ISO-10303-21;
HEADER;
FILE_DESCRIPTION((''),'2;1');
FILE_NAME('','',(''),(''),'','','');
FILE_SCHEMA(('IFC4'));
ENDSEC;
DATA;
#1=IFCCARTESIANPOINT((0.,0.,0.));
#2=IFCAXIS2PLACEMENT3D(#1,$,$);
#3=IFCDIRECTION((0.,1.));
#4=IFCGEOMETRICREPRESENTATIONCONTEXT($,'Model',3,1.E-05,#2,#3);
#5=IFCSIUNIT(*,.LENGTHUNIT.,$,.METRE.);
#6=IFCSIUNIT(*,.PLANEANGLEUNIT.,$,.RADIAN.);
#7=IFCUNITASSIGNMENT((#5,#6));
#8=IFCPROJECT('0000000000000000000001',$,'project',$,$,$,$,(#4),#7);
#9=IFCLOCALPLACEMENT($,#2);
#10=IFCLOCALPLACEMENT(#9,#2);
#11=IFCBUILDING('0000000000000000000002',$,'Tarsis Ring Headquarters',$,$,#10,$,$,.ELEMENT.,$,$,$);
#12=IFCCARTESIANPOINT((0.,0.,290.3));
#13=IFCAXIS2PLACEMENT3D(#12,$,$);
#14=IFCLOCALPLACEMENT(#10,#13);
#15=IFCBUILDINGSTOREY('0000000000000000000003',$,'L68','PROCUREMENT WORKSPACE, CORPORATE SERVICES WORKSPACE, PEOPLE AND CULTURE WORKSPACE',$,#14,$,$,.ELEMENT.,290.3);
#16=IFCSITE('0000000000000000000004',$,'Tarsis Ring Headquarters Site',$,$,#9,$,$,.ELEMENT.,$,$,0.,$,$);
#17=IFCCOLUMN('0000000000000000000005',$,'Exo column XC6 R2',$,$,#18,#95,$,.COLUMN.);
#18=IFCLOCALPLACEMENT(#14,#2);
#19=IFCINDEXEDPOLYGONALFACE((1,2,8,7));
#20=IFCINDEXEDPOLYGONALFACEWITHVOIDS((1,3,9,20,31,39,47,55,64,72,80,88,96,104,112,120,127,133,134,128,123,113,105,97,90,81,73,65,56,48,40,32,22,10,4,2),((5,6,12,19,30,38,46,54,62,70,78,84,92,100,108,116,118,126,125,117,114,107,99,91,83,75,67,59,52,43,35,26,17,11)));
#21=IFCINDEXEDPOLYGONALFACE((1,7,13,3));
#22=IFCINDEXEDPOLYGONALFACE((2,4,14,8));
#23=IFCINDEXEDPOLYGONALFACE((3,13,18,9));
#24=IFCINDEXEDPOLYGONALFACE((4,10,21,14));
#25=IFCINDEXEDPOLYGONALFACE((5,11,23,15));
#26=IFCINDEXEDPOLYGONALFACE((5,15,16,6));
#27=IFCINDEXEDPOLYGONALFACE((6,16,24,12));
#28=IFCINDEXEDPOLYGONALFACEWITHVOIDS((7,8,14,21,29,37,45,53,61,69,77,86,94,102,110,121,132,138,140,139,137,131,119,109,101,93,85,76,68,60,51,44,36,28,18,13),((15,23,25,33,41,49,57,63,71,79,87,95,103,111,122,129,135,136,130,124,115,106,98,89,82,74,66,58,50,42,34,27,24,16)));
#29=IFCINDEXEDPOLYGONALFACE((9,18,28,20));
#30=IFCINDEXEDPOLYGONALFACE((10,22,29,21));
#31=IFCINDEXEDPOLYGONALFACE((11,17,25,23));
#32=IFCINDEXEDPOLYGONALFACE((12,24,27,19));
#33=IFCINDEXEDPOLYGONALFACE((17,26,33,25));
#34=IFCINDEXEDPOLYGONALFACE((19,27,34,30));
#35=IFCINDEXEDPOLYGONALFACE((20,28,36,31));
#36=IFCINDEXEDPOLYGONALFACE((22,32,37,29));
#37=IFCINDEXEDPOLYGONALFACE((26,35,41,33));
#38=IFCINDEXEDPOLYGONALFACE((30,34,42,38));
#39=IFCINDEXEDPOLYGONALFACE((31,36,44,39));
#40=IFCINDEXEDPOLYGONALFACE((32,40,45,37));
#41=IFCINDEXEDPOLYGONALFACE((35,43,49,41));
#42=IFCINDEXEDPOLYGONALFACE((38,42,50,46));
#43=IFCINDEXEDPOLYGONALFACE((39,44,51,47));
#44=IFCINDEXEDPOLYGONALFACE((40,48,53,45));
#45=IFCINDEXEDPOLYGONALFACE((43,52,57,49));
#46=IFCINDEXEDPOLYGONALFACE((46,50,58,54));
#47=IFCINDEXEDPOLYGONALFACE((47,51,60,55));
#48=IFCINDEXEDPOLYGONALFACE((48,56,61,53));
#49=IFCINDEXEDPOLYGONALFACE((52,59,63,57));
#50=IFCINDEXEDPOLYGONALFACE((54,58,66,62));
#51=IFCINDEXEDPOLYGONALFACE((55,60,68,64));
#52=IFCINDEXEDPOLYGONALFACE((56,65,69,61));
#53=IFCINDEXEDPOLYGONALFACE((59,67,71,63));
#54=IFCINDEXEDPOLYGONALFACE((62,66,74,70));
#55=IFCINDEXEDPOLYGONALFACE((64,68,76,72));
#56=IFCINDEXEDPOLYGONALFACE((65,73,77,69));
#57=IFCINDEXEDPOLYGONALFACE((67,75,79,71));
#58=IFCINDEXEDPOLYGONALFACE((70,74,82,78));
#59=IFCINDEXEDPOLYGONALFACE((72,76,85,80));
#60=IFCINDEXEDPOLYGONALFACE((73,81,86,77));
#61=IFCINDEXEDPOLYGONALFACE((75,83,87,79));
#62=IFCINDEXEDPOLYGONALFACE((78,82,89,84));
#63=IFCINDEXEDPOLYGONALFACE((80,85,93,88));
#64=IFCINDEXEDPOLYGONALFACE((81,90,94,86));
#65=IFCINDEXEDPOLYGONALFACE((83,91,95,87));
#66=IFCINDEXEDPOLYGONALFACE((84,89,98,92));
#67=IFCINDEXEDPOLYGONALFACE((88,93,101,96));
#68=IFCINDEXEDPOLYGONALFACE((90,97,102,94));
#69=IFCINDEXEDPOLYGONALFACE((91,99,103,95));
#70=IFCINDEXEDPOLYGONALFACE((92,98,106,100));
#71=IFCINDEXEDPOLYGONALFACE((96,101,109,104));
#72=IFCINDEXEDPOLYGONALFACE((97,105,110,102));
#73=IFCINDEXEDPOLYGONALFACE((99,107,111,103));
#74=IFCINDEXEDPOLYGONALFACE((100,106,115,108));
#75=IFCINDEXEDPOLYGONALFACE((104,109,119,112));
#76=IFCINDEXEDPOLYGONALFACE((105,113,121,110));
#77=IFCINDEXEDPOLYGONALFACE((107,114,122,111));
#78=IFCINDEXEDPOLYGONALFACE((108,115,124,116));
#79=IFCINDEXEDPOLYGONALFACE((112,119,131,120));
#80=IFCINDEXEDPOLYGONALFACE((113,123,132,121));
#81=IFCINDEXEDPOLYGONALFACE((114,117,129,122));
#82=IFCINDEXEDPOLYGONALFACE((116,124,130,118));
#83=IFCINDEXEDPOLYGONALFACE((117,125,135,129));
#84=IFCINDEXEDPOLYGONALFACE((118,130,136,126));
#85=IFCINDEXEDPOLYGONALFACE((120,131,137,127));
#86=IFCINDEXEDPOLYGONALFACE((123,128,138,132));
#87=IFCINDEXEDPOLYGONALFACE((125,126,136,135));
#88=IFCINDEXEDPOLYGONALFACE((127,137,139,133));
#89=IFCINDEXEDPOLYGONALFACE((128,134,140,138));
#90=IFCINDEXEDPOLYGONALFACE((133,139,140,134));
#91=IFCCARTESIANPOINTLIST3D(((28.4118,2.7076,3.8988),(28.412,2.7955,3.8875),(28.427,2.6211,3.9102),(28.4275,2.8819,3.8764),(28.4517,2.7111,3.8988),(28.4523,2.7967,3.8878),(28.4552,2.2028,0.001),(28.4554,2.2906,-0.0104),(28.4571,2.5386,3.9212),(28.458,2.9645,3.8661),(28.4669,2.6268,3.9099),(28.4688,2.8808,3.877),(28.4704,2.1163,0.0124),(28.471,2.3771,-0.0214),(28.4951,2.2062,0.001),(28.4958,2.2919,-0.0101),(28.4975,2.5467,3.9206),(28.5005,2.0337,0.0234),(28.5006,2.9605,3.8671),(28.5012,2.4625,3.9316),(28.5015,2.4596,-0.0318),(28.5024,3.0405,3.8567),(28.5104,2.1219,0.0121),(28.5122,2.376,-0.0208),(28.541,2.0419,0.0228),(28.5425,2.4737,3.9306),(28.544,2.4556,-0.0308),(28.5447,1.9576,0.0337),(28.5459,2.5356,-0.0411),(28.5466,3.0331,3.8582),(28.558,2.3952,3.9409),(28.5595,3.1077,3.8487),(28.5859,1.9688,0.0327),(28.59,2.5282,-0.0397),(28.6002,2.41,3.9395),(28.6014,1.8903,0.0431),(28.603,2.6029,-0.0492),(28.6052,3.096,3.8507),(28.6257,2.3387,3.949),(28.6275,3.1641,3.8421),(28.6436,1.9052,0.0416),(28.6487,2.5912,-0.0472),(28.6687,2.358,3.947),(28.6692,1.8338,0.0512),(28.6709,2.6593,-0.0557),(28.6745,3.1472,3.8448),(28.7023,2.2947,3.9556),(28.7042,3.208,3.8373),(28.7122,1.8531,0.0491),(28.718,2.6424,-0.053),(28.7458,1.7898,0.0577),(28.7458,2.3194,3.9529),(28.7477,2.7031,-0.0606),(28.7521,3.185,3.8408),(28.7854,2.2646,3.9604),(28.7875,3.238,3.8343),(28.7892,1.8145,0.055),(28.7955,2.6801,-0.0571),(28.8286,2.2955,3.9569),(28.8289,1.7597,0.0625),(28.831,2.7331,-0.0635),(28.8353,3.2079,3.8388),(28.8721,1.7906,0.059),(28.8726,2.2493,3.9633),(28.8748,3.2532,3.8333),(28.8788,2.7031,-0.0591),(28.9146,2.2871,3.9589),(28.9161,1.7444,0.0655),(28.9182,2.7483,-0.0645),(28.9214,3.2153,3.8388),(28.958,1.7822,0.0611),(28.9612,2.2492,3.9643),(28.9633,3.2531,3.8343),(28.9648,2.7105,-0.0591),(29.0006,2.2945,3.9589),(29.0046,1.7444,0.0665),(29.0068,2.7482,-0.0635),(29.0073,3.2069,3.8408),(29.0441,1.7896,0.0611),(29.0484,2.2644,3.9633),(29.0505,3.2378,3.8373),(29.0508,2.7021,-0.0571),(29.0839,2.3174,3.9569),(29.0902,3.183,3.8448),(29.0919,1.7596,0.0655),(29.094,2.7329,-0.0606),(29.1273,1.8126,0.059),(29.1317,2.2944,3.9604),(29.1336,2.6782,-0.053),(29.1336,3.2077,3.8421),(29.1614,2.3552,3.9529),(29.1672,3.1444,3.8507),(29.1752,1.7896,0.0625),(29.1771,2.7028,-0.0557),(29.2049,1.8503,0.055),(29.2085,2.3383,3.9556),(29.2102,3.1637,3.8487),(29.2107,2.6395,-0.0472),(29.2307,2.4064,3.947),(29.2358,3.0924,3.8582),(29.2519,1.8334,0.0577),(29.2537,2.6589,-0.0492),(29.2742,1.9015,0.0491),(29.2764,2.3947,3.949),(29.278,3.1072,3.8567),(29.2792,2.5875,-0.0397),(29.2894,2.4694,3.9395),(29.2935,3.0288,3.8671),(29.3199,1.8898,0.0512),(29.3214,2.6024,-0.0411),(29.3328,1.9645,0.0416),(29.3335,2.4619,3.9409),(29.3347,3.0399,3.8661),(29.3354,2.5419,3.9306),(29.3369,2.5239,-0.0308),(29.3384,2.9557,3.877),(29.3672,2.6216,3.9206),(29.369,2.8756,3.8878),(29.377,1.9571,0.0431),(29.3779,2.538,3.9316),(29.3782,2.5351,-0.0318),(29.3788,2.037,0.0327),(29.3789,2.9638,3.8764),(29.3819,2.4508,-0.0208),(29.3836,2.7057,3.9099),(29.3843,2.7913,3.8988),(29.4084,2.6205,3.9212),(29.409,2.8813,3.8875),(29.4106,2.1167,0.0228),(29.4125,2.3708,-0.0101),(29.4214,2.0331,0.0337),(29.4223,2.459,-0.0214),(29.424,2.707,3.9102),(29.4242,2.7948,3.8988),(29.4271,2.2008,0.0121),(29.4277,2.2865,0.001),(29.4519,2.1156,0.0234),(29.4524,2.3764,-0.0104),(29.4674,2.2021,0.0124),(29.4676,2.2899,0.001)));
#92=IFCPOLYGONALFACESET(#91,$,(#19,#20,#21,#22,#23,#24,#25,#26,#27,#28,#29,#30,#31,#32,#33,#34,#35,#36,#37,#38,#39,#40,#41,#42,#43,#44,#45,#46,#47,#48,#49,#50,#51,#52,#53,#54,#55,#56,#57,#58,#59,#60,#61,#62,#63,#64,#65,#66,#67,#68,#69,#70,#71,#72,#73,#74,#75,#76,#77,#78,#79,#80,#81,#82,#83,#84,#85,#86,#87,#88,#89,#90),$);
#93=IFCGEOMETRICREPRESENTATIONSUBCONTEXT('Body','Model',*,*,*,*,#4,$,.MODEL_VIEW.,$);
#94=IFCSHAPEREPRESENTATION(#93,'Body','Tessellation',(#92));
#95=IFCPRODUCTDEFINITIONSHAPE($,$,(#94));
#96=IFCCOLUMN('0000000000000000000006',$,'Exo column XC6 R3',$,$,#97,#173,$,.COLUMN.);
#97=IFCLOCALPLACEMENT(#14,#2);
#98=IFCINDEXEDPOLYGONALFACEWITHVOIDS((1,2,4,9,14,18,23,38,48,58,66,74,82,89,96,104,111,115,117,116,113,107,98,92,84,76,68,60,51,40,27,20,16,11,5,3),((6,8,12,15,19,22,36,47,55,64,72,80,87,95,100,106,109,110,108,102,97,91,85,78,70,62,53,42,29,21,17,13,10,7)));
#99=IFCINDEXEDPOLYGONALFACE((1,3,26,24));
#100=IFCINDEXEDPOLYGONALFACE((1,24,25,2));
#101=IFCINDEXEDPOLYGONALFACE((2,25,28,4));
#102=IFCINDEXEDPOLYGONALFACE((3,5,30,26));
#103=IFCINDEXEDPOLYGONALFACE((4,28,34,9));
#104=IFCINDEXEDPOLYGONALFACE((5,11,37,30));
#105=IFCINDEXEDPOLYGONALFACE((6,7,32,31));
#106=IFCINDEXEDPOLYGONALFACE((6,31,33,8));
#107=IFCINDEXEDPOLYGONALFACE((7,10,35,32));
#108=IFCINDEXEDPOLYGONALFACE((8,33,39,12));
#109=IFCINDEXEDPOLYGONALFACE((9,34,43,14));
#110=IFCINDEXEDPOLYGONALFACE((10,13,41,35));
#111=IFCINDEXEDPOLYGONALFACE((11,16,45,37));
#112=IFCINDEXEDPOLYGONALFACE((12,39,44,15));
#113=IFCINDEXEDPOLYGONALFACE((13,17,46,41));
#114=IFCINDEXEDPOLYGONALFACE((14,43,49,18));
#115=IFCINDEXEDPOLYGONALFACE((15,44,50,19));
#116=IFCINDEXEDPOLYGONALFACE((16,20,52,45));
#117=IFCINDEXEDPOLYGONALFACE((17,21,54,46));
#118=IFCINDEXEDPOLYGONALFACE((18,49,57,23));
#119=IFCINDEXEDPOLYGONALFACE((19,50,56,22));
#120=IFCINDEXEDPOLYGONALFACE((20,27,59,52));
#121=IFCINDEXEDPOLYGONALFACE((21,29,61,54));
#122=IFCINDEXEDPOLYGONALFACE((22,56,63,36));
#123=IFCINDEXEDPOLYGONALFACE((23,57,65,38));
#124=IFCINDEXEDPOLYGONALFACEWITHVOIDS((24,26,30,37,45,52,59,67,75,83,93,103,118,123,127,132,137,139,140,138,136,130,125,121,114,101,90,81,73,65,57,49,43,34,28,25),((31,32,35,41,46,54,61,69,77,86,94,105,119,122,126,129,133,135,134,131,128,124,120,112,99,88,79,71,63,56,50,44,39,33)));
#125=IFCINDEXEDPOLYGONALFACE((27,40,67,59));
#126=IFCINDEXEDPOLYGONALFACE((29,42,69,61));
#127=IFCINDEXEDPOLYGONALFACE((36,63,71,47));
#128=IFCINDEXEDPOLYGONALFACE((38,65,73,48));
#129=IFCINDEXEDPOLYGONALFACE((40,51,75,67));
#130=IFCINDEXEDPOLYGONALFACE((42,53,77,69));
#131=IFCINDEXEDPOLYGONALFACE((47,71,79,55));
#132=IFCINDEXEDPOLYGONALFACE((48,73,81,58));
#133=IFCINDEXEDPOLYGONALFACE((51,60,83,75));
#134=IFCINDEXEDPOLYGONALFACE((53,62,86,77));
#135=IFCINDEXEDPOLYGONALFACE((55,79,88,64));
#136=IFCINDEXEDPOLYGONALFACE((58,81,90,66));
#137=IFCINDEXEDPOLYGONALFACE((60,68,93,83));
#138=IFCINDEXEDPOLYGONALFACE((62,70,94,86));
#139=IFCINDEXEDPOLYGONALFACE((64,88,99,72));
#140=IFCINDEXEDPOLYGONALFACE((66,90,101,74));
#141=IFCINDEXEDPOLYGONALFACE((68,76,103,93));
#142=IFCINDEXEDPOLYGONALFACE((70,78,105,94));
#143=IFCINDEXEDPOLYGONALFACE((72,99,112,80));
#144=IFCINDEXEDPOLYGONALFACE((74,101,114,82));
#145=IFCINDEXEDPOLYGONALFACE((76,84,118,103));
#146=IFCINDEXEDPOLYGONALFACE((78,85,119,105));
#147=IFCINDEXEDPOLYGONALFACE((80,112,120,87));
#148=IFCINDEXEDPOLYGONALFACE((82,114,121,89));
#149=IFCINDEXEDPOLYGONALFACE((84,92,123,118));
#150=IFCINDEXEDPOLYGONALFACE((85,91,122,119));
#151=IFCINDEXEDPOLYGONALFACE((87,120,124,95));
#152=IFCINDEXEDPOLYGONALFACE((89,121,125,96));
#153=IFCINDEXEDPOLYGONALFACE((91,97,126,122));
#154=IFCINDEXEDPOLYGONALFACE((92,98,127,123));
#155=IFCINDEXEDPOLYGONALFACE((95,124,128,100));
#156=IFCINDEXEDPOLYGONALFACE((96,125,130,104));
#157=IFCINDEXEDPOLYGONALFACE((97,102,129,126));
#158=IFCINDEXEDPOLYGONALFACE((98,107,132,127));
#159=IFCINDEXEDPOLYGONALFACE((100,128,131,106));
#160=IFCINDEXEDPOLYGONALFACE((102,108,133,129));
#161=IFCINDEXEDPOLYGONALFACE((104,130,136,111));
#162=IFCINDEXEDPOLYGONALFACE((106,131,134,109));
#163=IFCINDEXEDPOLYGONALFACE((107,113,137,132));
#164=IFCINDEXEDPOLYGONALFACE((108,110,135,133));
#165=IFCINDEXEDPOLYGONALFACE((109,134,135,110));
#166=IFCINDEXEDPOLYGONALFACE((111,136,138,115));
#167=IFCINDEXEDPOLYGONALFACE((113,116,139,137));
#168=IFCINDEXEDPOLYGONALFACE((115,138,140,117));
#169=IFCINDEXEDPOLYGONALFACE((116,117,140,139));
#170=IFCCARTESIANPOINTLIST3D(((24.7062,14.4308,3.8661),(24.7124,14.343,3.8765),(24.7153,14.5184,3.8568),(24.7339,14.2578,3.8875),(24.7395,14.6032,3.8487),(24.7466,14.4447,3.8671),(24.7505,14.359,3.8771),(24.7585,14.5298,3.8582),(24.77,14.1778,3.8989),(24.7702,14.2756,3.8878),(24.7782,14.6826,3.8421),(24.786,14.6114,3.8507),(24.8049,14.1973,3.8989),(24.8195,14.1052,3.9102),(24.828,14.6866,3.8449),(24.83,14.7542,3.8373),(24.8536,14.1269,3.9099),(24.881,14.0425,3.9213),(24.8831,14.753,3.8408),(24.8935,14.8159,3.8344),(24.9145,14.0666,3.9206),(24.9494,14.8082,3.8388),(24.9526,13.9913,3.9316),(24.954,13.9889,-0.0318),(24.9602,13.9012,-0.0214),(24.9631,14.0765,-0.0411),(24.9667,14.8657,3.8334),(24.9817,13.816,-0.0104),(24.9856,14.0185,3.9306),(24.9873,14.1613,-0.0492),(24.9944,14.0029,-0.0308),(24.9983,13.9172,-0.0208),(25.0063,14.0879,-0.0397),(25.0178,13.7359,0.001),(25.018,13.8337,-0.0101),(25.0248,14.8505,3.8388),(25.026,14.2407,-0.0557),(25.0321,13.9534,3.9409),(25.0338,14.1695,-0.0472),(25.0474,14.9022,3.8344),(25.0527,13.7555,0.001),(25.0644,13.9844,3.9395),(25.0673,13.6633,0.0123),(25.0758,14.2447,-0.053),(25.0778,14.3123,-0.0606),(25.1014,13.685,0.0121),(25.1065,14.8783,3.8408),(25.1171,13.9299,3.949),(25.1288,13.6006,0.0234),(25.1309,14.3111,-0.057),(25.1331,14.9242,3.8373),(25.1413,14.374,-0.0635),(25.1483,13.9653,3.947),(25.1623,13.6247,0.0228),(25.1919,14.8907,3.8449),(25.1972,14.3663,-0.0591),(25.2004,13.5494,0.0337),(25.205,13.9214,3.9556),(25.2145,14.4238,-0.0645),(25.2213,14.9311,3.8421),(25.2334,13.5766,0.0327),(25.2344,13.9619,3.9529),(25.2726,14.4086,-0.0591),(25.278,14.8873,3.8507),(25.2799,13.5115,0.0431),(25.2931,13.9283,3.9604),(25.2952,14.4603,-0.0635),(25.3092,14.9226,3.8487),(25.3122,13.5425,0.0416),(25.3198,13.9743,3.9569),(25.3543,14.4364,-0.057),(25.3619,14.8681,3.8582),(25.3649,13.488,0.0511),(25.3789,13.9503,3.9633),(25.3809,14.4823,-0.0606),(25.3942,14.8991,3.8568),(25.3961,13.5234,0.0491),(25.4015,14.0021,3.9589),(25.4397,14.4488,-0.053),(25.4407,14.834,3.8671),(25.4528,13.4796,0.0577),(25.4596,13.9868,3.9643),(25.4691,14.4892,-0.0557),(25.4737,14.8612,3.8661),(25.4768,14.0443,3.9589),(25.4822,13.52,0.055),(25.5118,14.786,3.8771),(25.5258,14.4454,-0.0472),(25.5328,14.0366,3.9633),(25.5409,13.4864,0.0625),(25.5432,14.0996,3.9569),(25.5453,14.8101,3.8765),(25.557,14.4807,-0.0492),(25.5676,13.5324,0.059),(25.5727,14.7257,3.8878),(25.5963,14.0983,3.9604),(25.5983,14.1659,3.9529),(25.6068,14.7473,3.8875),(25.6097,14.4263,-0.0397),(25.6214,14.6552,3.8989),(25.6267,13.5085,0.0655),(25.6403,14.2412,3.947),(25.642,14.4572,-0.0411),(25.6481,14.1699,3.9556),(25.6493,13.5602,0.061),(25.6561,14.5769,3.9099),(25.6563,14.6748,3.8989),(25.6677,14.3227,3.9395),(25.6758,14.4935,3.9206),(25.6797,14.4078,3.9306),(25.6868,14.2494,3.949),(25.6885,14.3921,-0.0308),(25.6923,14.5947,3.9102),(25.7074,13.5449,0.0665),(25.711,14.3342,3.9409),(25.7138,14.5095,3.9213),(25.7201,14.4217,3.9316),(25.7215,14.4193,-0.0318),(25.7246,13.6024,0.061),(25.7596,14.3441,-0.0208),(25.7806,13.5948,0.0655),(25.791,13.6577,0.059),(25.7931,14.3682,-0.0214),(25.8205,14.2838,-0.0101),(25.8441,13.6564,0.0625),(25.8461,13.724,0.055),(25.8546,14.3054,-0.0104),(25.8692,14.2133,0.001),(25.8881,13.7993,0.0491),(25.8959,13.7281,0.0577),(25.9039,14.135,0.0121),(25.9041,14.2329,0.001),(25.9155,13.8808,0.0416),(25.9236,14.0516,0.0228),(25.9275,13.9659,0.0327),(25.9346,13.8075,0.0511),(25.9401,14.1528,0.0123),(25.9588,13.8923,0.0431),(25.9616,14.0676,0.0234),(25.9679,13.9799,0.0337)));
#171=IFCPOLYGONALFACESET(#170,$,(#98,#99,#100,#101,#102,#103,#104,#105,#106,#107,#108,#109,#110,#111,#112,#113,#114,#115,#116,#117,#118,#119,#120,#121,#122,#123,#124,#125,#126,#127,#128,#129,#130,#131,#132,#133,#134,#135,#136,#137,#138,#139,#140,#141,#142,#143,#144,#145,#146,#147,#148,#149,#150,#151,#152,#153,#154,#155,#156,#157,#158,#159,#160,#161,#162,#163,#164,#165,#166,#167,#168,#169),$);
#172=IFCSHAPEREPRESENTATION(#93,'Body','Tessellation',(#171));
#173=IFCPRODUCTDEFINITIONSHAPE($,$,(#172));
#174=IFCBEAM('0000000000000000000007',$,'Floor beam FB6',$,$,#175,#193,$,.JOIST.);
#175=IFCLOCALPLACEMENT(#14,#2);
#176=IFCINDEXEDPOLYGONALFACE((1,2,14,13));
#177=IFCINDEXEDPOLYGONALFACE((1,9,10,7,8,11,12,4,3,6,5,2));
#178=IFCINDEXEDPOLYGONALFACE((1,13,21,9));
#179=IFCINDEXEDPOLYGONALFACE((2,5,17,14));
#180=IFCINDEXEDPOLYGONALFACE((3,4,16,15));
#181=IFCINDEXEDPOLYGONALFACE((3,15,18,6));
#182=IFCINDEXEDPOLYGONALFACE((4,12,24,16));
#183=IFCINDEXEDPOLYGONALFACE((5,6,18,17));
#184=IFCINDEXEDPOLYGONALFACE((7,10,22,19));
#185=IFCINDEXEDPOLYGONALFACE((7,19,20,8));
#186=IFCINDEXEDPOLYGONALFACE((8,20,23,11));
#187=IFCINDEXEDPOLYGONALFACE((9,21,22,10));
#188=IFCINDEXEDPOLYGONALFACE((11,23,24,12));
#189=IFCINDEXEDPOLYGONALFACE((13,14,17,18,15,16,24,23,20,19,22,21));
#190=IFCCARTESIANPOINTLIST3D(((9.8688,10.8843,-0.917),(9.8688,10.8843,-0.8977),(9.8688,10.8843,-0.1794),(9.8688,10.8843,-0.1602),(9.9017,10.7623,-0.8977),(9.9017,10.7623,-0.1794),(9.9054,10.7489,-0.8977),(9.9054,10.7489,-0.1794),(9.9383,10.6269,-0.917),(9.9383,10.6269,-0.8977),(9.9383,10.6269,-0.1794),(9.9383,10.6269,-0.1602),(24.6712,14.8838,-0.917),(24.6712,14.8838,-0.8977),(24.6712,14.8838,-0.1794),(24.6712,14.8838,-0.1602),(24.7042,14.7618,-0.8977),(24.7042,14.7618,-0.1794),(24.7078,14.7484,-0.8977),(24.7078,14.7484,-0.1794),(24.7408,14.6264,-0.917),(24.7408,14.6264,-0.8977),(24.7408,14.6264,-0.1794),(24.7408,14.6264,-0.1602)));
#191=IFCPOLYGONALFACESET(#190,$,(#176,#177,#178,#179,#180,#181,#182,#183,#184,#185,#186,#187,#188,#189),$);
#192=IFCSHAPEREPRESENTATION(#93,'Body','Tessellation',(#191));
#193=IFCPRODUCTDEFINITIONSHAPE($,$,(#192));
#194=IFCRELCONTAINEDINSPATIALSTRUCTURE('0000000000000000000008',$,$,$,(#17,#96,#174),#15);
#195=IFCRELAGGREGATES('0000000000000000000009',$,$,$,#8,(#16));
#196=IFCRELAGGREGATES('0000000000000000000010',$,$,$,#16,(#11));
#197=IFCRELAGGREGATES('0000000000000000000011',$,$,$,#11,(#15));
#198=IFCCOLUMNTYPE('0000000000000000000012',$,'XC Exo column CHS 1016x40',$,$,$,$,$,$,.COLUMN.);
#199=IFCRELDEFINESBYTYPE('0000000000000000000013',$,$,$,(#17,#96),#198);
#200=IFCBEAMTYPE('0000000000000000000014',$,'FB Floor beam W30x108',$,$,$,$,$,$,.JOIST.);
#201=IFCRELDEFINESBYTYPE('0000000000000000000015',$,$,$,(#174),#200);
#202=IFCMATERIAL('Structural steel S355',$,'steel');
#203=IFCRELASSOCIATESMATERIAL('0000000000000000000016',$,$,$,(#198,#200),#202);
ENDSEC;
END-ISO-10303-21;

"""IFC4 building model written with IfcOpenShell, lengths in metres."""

from ifc_helpers import new_model, si_unit, direction, frame, origin, origin_2d, place, context, subcontext, project, spatial, hollow_circle, i_section, extrude, material, material_profile, profile_set, type_object, element, save


model = new_model("IFC4")

# Units and contexts
model_context = context("Model", 3, precision=1e-05, world=origin(), true_north=direction((0.0, 1.0)))
body_context = subcontext(model_context, "Body", "Model", "MODEL_VIEW")
ifc_project = project(units=[si_unit("LENGTHUNIT", "METRE"), si_unit("PLANEANGLEUNIT", "RADIAN")], contexts=[model_context])

# Site, building, storey
site_placement = place(None, origin())
site = spatial("IfcSite", under=ifc_project, at=site_placement, Name="Tarsis Ring Headquarters Site", CompositionType="ELEMENT", RefElevation=0.0)
building_placement = place(site_placement, origin())
building = spatial("IfcBuilding", under=site, at=building_placement, Name="Tarsis Ring Headquarters", CompositionType="ELEMENT")
storey_placement = place(building_placement, frame((0.0, 0.0, 290.3)))
storey = spatial("IfcBuildingStorey", under=building, at=storey_placement, Name="L68", Description="PROCUREMENT WORKSPACE, CORPORATE SERVICES WORKSPACE, PEOPLE AND CULTURE WORKSPACE", CompositionType="ELEMENT", Elevation=290.3)

# Columns
ifc_material_1 = material(Name="Structural steel S355", Category="steel")
ifc_material_profile_1 = material_profile(ifc_material_1, hollow_circle(Radius=0.5081, WallThickness=0.04, at=origin_2d()), Name="CHS 1016x40")
ifc_profile_set_1 = profile_set([ifc_material_profile_1], Name="Structural steel S355")
column_type = type_object("IfcColumnType", Name="XC Exo column CHS 1016x40", PredefinedType="COLUMN", material=ifc_profile_set_1)
for number, where, z_axis, x_axis, name in (
    (1, (28.9614, 2.2463, 0.001), (-0.011056, 0.128444, 0.991655), (-0.996316, -0.085756, 0.0), "Exo column XC6 R2"),
    (2, (25.4609, 13.9844, 0.001), (-0.063042, 0.11242, 0.991659), (-0.872218, -0.489117, 0.0), "Exo column XC6 R3"),
):
    element("IfcColumn", number, at=place(storey_placement, frame(where, z_axis=z_axis, x_axis=x_axis)), inside=storey, type_object=column_type, Name=name, PredefinedType="COLUMN", context=body_context, shape_type="SweptSolid", body=[
        extrude(hollow_circle(Radius=0.5081, WallThickness=0.04, at=origin_2d()), origin(), (0.0, 0.0, 1.0), 3.9307),
    ])

# Beam
ifc_material_profile_2 = material_profile(ifc_material_1, i_section(OverallWidth=0.2666, OverallDepth=0.7568, WebThickness=0.0139, FlangeThickness=0.0193, at=origin_2d()), Name="W30x108")
ifc_profile_set_2 = profile_set([ifc_material_profile_2], Name="Structural steel S355")
beam_type_1 = type_object("IfcBeamType", Name="FB Floor beam W30x108", PredefinedType="JOIST", material=ifc_profile_set_2)
beam_1_placement = place(storey_placement, frame((9.9036, 10.7556, -0.5386), z_axis=(0.965382, 0.260838, 0.0), x_axis=(-0.260838, 0.965382, 0.0)))
element("IfcBeam", 3, at=beam_1_placement, inside=storey, type_object=beam_type_1, Name="Floor beam FB6", PredefinedType="JOIST", context=body_context, shape_type="SweptSolid", body=[
    extrude(i_section(OverallWidth=0.2666, OverallDepth=0.7568, WebThickness=0.0139, FlangeThickness=0.0193, at=origin_2d()), origin(), (0.0, 0.0, 1.0), 15.3333),
])

save(model, "model.ifc")
